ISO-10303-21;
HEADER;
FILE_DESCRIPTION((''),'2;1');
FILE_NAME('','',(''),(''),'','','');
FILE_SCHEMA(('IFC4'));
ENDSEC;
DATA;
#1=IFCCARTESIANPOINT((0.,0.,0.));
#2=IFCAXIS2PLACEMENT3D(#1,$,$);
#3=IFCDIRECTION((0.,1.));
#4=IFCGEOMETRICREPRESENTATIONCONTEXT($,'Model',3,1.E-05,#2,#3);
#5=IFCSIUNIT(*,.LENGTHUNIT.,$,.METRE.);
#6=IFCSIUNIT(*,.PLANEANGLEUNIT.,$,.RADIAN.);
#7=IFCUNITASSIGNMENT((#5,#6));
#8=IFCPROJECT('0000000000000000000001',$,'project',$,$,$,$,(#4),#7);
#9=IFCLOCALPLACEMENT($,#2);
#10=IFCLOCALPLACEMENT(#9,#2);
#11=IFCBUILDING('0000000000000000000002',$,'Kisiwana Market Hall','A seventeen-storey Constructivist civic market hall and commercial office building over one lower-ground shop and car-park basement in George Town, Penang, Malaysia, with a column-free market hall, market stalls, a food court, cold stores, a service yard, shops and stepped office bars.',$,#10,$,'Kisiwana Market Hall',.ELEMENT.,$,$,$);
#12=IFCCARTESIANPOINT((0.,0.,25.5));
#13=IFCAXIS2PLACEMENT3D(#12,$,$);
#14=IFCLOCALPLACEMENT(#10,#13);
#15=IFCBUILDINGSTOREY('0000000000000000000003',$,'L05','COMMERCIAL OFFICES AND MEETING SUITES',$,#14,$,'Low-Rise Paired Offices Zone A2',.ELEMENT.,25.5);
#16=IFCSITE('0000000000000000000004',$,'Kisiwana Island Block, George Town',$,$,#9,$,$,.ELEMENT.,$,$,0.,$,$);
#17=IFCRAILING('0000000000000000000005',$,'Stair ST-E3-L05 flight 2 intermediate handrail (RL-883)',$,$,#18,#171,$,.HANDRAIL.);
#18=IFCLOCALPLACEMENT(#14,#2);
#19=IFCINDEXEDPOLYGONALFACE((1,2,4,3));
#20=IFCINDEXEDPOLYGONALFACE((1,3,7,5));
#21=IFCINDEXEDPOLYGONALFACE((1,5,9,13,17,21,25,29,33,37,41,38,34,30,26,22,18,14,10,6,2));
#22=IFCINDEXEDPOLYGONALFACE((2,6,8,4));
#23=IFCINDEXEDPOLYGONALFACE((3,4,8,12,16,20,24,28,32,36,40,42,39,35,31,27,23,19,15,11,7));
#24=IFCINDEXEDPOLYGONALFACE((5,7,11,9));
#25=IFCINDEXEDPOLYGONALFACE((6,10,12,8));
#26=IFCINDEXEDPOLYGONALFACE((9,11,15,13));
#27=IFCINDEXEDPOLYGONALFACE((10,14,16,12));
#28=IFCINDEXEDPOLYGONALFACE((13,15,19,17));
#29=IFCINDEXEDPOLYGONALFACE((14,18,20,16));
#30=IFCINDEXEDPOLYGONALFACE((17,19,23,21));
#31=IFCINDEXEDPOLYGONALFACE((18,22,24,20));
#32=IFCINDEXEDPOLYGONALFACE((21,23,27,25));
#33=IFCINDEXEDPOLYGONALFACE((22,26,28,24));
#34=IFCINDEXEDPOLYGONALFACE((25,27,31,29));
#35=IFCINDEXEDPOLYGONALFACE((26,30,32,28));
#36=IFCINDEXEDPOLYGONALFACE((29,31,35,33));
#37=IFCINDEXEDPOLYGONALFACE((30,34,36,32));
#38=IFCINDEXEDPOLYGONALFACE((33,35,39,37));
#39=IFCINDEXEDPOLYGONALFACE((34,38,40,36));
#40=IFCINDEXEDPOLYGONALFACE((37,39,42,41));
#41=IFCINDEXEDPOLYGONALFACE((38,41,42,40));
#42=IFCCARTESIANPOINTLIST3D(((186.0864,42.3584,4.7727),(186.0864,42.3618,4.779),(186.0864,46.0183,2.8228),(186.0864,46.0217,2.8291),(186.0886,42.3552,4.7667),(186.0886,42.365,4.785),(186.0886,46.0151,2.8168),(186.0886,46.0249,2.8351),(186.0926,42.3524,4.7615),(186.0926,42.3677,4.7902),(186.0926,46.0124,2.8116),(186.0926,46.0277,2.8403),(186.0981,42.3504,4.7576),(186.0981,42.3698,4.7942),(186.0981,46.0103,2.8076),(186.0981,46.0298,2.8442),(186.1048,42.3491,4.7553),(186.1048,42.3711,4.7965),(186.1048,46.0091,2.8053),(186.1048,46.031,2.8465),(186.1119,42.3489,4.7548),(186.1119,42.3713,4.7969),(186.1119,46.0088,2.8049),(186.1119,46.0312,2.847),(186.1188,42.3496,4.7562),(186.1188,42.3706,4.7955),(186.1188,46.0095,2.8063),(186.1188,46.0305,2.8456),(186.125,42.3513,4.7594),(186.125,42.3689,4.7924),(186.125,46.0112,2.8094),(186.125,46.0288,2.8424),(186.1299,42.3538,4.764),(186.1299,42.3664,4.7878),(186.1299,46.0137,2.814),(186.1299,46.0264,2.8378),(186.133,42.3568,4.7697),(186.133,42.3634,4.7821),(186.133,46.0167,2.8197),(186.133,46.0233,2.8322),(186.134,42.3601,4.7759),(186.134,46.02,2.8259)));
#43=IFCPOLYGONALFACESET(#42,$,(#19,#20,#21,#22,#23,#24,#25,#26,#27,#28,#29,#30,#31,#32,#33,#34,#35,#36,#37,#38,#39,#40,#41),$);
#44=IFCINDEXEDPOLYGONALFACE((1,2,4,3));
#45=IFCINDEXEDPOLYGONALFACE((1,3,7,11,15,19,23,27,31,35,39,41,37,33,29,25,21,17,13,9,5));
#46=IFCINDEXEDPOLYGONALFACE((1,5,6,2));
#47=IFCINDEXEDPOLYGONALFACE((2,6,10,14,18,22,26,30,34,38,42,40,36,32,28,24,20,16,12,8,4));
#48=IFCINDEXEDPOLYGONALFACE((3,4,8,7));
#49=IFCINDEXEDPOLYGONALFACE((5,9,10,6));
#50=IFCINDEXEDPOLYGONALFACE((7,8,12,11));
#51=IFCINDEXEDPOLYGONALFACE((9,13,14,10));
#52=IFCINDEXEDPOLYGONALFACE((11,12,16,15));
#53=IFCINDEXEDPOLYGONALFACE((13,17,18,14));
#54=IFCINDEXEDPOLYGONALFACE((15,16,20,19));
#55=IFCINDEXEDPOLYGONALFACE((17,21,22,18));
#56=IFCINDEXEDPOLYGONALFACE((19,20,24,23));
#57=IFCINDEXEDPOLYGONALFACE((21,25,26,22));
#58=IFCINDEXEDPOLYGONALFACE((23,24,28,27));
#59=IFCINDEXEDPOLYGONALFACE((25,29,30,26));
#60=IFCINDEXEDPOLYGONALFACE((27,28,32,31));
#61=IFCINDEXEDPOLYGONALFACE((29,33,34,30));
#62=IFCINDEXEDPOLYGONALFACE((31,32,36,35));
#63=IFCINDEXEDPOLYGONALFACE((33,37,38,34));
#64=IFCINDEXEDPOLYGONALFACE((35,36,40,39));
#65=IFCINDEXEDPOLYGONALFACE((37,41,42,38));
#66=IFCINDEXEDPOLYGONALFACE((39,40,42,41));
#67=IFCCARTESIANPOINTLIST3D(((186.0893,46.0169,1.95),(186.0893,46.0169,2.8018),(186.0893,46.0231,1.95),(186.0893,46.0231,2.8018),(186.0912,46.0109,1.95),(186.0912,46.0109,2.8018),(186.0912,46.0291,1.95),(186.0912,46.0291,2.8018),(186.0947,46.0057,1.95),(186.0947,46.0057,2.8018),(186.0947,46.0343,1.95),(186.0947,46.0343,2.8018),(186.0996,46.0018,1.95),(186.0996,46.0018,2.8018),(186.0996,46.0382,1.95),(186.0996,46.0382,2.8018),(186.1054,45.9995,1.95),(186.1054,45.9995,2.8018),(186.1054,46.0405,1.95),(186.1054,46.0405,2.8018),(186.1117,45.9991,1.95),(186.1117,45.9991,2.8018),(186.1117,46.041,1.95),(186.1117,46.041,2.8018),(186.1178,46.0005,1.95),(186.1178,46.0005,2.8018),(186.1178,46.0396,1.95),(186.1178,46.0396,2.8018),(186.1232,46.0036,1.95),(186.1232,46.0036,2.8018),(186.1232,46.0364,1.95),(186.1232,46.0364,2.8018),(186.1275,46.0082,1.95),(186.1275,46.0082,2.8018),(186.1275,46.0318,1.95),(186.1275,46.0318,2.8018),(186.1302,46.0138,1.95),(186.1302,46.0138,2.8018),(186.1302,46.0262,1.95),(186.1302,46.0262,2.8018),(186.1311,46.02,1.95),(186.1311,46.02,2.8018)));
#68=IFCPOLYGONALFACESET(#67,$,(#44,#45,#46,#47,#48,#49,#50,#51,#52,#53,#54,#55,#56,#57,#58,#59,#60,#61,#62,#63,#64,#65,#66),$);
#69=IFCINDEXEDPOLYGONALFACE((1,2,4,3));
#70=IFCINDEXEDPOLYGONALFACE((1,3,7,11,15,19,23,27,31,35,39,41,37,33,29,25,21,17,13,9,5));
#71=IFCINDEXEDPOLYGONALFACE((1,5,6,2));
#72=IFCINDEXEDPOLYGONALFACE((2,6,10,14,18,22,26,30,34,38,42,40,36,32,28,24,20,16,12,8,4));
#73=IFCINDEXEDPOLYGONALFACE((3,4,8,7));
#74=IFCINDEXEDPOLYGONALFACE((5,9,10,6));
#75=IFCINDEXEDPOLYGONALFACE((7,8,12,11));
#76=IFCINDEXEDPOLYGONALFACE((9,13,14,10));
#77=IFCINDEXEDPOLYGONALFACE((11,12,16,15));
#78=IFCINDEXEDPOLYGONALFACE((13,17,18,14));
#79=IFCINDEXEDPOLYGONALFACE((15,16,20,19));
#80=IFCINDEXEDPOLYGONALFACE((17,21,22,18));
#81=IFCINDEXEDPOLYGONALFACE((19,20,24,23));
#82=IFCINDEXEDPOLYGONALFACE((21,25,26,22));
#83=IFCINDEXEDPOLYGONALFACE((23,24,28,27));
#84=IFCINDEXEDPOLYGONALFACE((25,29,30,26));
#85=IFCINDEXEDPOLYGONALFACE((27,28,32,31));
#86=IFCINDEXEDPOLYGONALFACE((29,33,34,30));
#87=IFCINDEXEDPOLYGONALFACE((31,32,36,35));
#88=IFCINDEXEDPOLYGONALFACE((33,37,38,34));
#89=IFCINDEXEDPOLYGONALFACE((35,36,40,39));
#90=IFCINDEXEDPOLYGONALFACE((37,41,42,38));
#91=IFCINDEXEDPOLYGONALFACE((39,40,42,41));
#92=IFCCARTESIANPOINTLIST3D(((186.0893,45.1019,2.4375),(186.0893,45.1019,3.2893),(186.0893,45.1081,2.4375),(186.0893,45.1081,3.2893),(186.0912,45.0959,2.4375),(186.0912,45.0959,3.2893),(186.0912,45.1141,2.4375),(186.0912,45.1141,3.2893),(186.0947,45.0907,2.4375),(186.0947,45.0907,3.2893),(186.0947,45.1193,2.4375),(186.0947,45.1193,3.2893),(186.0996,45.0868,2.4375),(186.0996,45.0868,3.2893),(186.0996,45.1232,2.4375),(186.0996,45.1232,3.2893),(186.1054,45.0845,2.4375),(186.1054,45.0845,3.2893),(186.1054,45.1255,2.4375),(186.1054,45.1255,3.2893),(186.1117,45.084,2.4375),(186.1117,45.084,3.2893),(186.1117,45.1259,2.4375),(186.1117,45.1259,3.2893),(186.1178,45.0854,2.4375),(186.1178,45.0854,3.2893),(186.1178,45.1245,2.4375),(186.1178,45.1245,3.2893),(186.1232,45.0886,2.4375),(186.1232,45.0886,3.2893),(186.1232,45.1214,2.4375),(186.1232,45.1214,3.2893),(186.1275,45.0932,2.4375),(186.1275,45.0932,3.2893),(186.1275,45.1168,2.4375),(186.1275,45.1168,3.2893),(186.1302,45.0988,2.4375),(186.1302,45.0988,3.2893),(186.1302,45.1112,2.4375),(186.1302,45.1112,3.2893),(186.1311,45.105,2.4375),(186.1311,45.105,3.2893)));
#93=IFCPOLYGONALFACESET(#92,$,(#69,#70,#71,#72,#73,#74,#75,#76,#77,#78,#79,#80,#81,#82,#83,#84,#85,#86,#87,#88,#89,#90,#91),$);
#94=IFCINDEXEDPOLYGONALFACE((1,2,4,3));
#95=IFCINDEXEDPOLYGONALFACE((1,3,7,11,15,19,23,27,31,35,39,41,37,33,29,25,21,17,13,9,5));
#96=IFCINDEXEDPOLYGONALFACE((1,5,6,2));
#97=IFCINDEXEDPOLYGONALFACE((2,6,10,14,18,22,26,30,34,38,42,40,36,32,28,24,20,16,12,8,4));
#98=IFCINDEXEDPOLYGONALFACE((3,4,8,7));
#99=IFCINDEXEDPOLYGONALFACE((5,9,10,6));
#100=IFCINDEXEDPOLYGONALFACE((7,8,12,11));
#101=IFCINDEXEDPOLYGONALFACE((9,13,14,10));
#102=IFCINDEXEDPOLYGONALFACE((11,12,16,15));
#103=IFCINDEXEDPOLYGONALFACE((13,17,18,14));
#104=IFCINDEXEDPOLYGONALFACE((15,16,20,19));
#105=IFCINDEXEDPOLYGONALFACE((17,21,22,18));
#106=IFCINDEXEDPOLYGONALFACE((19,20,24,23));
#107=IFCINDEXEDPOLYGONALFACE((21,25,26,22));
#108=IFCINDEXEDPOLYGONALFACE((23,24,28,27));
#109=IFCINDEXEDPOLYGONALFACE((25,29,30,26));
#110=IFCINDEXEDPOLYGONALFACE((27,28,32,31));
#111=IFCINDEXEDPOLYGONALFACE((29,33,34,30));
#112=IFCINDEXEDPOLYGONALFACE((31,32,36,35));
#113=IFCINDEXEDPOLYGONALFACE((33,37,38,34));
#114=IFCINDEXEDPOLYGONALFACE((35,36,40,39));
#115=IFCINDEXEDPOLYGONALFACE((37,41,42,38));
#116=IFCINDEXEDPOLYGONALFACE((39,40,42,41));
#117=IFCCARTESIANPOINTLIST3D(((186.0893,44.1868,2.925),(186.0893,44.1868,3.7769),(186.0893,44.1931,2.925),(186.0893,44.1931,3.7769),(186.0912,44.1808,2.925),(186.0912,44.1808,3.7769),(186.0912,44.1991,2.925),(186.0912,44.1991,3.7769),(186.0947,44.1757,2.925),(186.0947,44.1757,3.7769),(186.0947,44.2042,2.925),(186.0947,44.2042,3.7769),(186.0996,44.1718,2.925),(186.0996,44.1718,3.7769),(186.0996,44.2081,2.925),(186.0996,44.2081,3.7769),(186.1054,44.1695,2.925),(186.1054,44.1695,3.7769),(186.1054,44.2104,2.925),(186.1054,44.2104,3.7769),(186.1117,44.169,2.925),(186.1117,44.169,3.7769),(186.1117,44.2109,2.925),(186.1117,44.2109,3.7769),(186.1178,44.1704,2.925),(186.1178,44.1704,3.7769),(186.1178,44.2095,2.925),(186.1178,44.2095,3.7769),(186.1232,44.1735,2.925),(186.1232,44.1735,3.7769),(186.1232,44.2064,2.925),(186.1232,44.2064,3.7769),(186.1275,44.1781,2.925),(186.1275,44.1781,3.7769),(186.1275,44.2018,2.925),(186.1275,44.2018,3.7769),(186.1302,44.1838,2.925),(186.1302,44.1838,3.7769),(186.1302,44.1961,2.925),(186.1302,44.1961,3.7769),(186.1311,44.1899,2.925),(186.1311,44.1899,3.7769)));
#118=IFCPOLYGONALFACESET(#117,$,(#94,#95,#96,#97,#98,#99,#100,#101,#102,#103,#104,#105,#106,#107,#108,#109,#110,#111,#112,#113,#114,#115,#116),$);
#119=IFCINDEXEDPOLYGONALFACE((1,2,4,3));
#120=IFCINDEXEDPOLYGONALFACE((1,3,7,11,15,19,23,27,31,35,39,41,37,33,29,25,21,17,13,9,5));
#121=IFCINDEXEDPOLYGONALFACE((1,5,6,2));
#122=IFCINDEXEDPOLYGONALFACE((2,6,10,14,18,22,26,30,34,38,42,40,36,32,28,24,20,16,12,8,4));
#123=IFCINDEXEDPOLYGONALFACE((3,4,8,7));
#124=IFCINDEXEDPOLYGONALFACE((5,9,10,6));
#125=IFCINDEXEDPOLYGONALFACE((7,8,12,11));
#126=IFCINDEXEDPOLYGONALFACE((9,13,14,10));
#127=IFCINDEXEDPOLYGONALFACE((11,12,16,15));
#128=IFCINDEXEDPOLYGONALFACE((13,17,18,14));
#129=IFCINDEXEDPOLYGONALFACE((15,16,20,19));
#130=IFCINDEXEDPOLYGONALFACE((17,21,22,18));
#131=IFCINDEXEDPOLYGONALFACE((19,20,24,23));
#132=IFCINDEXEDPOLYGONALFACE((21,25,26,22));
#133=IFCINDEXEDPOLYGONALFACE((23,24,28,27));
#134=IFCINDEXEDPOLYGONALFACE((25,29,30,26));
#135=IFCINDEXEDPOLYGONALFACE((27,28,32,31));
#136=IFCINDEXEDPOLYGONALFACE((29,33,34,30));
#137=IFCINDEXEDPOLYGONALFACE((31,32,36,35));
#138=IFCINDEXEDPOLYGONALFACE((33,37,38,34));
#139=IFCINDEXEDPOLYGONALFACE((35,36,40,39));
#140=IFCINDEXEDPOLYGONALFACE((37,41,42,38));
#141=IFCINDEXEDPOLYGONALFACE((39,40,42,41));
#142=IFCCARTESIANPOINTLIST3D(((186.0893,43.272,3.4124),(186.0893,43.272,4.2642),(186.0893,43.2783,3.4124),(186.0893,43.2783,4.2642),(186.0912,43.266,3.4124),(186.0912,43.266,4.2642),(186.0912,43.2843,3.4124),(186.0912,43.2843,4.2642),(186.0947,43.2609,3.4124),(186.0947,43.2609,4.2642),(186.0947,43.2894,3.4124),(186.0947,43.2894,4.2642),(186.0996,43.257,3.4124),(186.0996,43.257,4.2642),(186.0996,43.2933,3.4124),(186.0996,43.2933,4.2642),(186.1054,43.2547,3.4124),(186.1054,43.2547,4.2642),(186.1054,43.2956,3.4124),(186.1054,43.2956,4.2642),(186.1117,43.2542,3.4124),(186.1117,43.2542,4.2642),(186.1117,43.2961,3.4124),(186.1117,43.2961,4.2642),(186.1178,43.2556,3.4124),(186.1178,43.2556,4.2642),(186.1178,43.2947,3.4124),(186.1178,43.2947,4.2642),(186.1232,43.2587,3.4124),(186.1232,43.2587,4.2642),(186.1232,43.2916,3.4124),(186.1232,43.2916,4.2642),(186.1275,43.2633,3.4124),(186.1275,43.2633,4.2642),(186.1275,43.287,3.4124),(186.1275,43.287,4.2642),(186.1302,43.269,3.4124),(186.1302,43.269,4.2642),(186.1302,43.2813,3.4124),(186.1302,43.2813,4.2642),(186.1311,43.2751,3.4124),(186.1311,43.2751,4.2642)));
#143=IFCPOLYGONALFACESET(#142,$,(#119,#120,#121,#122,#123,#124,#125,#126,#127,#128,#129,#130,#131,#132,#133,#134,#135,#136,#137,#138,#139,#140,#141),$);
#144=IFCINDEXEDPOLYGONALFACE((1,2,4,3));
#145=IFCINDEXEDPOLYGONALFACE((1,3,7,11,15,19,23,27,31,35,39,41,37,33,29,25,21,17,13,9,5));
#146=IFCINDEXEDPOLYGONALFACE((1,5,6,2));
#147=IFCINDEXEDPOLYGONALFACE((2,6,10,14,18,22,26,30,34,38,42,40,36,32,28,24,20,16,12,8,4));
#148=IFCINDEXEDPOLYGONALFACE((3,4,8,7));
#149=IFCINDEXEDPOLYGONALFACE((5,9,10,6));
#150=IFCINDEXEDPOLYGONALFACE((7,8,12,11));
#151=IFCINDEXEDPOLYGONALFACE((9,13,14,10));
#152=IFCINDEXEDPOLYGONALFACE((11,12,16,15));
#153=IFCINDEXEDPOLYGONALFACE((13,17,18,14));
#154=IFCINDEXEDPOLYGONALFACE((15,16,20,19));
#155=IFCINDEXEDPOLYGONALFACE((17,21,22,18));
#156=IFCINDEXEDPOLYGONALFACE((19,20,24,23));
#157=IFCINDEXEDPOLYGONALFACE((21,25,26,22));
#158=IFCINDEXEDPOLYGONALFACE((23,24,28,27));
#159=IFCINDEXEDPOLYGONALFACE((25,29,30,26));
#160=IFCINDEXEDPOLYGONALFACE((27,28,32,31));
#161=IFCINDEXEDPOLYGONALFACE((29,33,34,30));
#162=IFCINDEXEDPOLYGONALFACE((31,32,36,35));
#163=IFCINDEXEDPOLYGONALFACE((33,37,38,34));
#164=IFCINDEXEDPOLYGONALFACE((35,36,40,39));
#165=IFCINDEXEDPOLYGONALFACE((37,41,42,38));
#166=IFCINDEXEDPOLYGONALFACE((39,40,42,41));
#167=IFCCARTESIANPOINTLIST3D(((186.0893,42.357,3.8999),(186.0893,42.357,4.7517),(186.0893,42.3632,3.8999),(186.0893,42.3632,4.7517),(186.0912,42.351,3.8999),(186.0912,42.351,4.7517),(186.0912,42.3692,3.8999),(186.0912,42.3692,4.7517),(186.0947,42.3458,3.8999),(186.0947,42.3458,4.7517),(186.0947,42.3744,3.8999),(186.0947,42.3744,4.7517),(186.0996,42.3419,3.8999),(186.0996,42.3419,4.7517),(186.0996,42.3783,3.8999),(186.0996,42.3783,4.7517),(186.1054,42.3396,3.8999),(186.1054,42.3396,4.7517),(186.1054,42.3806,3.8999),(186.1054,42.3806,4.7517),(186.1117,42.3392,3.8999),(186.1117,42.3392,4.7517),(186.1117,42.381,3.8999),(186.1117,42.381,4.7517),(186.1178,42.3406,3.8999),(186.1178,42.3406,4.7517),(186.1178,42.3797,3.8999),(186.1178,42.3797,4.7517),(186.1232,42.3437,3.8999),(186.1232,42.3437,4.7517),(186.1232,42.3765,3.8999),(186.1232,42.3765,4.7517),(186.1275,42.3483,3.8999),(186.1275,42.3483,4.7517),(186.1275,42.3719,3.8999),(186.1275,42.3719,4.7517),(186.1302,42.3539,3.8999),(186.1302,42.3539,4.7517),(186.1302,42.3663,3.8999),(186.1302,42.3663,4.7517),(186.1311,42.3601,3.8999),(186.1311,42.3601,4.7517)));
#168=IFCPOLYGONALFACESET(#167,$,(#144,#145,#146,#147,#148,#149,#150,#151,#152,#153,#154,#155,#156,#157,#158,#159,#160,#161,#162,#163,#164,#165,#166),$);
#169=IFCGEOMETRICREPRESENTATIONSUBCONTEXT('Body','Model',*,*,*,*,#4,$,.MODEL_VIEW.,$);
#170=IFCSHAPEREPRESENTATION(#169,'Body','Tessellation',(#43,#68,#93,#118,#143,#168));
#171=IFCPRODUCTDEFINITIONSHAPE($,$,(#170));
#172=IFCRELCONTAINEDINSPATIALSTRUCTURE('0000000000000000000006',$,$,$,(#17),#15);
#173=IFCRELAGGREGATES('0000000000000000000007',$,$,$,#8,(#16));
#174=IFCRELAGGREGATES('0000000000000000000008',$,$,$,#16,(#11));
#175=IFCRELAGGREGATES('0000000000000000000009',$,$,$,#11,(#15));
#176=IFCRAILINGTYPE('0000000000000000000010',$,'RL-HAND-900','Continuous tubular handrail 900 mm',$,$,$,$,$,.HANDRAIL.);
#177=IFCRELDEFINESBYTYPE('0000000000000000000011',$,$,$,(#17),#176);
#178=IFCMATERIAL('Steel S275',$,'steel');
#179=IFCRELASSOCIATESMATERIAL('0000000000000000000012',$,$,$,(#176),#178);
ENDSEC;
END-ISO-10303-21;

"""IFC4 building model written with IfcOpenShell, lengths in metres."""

from ifc_helpers import new_model, si_unit, direction, frame, origin, origin_2d, place, context, subcontext, project, spatial, circle, extrude, material, type_object, element, save


model = new_model("IFC4")

# Units and contexts
model_context = context("Model", 3, precision=1e-05, world=origin(), true_north=direction((0.0, 1.0)))
body_context = subcontext(model_context, "Body", "Model", "MODEL_VIEW")
ifc_project = project(units=[si_unit("LENGTHUNIT", "METRE"), si_unit("PLANEANGLEUNIT", "RADIAN")], contexts=[model_context])

# Site, building, storey
site_placement = place(None, origin())
site = spatial("IfcSite", under=ifc_project, at=site_placement, Name="Kisiwana Island Block, George Town", CompositionType="ELEMENT", RefElevation=0.0)
building_placement = place(site_placement, origin())
building = spatial("IfcBuilding", under=site, at=building_placement, Name="Kisiwana Market Hall", Description="A seventeen-storey Constructivist civic market hall and commercial office building over one lower-ground shop and car-park basement in George Town, Penang, Malaysia, with a column-free market hall, market stalls, a food court, cold stores, a service yard, shops and stepped office bars.", LongName="Kisiwana Market Hall", CompositionType="ELEMENT")
storey_placement = place(building_placement, frame((0.0, 0.0, 25.5)))
storey = spatial("IfcBuildingStorey", under=building, at=storey_placement, Name="L05", Description="COMMERCIAL OFFICES AND MEETING SUITES", LongName="Low-Rise Paired Offices Zone A2", CompositionType="ELEMENT", Elevation=25.5)

# Railing
ifc_material_1 = material(Name="Steel S275", Category="steel")
railing_type_1 = type_object("IfcRailingType", Name="RL-HAND-900", Description="Continuous tubular handrail 900 mm", PredefinedType="HANDRAIL", material=ifc_material_1)
for number, where, name in (
    (1, (186.1101, 46.02, 1.95), "Stair ST-E3-L05 flight 2 intermediate handrail (RL-883)"),
):
    element("IfcRailing", number, at=place(storey_placement, frame(where)), inside=storey, type_object=railing_type_1, Name=name, PredefinedType="HANDRAIL", context=body_context, shape_type="SweptSolid", body=[
        extrude(circle(Radius=0.0239, at=origin_2d()), frame((0.0, 0.0, 0.876), z_axis=(0.0, -0.882553, 0.470212), x_axis=(1.0, 0.0, 0.0)), (0.0, 0.0, 1.0), 4.147),
        extrude(circle(Radius=0.021, at=origin_2d()), origin(), (0.0, 0.0, 1.0), 0.8518),
        extrude(circle(Radius=0.021, at=origin_2d()), frame((0.0, -0.915, 0.4875)), (0.0, 0.0, 1.0), 0.8518),
        extrude(circle(Radius=0.021, at=origin_2d()), frame((0.0, -1.8301, 0.9751)), (0.0, 0.0, 1.0), 0.8518),
        extrude(circle(Radius=0.021, at=origin_2d()), frame((0.0, -2.7449, 1.4624)), (0.0, 0.0, 1.0), 0.8518),
        extrude(circle(Radius=0.021, at=origin_2d()), frame((0.0, -3.6599, 1.95)), (0.0, 0.0, 1.0), 0.8518),
    ])

save(model, "model.ifc")
